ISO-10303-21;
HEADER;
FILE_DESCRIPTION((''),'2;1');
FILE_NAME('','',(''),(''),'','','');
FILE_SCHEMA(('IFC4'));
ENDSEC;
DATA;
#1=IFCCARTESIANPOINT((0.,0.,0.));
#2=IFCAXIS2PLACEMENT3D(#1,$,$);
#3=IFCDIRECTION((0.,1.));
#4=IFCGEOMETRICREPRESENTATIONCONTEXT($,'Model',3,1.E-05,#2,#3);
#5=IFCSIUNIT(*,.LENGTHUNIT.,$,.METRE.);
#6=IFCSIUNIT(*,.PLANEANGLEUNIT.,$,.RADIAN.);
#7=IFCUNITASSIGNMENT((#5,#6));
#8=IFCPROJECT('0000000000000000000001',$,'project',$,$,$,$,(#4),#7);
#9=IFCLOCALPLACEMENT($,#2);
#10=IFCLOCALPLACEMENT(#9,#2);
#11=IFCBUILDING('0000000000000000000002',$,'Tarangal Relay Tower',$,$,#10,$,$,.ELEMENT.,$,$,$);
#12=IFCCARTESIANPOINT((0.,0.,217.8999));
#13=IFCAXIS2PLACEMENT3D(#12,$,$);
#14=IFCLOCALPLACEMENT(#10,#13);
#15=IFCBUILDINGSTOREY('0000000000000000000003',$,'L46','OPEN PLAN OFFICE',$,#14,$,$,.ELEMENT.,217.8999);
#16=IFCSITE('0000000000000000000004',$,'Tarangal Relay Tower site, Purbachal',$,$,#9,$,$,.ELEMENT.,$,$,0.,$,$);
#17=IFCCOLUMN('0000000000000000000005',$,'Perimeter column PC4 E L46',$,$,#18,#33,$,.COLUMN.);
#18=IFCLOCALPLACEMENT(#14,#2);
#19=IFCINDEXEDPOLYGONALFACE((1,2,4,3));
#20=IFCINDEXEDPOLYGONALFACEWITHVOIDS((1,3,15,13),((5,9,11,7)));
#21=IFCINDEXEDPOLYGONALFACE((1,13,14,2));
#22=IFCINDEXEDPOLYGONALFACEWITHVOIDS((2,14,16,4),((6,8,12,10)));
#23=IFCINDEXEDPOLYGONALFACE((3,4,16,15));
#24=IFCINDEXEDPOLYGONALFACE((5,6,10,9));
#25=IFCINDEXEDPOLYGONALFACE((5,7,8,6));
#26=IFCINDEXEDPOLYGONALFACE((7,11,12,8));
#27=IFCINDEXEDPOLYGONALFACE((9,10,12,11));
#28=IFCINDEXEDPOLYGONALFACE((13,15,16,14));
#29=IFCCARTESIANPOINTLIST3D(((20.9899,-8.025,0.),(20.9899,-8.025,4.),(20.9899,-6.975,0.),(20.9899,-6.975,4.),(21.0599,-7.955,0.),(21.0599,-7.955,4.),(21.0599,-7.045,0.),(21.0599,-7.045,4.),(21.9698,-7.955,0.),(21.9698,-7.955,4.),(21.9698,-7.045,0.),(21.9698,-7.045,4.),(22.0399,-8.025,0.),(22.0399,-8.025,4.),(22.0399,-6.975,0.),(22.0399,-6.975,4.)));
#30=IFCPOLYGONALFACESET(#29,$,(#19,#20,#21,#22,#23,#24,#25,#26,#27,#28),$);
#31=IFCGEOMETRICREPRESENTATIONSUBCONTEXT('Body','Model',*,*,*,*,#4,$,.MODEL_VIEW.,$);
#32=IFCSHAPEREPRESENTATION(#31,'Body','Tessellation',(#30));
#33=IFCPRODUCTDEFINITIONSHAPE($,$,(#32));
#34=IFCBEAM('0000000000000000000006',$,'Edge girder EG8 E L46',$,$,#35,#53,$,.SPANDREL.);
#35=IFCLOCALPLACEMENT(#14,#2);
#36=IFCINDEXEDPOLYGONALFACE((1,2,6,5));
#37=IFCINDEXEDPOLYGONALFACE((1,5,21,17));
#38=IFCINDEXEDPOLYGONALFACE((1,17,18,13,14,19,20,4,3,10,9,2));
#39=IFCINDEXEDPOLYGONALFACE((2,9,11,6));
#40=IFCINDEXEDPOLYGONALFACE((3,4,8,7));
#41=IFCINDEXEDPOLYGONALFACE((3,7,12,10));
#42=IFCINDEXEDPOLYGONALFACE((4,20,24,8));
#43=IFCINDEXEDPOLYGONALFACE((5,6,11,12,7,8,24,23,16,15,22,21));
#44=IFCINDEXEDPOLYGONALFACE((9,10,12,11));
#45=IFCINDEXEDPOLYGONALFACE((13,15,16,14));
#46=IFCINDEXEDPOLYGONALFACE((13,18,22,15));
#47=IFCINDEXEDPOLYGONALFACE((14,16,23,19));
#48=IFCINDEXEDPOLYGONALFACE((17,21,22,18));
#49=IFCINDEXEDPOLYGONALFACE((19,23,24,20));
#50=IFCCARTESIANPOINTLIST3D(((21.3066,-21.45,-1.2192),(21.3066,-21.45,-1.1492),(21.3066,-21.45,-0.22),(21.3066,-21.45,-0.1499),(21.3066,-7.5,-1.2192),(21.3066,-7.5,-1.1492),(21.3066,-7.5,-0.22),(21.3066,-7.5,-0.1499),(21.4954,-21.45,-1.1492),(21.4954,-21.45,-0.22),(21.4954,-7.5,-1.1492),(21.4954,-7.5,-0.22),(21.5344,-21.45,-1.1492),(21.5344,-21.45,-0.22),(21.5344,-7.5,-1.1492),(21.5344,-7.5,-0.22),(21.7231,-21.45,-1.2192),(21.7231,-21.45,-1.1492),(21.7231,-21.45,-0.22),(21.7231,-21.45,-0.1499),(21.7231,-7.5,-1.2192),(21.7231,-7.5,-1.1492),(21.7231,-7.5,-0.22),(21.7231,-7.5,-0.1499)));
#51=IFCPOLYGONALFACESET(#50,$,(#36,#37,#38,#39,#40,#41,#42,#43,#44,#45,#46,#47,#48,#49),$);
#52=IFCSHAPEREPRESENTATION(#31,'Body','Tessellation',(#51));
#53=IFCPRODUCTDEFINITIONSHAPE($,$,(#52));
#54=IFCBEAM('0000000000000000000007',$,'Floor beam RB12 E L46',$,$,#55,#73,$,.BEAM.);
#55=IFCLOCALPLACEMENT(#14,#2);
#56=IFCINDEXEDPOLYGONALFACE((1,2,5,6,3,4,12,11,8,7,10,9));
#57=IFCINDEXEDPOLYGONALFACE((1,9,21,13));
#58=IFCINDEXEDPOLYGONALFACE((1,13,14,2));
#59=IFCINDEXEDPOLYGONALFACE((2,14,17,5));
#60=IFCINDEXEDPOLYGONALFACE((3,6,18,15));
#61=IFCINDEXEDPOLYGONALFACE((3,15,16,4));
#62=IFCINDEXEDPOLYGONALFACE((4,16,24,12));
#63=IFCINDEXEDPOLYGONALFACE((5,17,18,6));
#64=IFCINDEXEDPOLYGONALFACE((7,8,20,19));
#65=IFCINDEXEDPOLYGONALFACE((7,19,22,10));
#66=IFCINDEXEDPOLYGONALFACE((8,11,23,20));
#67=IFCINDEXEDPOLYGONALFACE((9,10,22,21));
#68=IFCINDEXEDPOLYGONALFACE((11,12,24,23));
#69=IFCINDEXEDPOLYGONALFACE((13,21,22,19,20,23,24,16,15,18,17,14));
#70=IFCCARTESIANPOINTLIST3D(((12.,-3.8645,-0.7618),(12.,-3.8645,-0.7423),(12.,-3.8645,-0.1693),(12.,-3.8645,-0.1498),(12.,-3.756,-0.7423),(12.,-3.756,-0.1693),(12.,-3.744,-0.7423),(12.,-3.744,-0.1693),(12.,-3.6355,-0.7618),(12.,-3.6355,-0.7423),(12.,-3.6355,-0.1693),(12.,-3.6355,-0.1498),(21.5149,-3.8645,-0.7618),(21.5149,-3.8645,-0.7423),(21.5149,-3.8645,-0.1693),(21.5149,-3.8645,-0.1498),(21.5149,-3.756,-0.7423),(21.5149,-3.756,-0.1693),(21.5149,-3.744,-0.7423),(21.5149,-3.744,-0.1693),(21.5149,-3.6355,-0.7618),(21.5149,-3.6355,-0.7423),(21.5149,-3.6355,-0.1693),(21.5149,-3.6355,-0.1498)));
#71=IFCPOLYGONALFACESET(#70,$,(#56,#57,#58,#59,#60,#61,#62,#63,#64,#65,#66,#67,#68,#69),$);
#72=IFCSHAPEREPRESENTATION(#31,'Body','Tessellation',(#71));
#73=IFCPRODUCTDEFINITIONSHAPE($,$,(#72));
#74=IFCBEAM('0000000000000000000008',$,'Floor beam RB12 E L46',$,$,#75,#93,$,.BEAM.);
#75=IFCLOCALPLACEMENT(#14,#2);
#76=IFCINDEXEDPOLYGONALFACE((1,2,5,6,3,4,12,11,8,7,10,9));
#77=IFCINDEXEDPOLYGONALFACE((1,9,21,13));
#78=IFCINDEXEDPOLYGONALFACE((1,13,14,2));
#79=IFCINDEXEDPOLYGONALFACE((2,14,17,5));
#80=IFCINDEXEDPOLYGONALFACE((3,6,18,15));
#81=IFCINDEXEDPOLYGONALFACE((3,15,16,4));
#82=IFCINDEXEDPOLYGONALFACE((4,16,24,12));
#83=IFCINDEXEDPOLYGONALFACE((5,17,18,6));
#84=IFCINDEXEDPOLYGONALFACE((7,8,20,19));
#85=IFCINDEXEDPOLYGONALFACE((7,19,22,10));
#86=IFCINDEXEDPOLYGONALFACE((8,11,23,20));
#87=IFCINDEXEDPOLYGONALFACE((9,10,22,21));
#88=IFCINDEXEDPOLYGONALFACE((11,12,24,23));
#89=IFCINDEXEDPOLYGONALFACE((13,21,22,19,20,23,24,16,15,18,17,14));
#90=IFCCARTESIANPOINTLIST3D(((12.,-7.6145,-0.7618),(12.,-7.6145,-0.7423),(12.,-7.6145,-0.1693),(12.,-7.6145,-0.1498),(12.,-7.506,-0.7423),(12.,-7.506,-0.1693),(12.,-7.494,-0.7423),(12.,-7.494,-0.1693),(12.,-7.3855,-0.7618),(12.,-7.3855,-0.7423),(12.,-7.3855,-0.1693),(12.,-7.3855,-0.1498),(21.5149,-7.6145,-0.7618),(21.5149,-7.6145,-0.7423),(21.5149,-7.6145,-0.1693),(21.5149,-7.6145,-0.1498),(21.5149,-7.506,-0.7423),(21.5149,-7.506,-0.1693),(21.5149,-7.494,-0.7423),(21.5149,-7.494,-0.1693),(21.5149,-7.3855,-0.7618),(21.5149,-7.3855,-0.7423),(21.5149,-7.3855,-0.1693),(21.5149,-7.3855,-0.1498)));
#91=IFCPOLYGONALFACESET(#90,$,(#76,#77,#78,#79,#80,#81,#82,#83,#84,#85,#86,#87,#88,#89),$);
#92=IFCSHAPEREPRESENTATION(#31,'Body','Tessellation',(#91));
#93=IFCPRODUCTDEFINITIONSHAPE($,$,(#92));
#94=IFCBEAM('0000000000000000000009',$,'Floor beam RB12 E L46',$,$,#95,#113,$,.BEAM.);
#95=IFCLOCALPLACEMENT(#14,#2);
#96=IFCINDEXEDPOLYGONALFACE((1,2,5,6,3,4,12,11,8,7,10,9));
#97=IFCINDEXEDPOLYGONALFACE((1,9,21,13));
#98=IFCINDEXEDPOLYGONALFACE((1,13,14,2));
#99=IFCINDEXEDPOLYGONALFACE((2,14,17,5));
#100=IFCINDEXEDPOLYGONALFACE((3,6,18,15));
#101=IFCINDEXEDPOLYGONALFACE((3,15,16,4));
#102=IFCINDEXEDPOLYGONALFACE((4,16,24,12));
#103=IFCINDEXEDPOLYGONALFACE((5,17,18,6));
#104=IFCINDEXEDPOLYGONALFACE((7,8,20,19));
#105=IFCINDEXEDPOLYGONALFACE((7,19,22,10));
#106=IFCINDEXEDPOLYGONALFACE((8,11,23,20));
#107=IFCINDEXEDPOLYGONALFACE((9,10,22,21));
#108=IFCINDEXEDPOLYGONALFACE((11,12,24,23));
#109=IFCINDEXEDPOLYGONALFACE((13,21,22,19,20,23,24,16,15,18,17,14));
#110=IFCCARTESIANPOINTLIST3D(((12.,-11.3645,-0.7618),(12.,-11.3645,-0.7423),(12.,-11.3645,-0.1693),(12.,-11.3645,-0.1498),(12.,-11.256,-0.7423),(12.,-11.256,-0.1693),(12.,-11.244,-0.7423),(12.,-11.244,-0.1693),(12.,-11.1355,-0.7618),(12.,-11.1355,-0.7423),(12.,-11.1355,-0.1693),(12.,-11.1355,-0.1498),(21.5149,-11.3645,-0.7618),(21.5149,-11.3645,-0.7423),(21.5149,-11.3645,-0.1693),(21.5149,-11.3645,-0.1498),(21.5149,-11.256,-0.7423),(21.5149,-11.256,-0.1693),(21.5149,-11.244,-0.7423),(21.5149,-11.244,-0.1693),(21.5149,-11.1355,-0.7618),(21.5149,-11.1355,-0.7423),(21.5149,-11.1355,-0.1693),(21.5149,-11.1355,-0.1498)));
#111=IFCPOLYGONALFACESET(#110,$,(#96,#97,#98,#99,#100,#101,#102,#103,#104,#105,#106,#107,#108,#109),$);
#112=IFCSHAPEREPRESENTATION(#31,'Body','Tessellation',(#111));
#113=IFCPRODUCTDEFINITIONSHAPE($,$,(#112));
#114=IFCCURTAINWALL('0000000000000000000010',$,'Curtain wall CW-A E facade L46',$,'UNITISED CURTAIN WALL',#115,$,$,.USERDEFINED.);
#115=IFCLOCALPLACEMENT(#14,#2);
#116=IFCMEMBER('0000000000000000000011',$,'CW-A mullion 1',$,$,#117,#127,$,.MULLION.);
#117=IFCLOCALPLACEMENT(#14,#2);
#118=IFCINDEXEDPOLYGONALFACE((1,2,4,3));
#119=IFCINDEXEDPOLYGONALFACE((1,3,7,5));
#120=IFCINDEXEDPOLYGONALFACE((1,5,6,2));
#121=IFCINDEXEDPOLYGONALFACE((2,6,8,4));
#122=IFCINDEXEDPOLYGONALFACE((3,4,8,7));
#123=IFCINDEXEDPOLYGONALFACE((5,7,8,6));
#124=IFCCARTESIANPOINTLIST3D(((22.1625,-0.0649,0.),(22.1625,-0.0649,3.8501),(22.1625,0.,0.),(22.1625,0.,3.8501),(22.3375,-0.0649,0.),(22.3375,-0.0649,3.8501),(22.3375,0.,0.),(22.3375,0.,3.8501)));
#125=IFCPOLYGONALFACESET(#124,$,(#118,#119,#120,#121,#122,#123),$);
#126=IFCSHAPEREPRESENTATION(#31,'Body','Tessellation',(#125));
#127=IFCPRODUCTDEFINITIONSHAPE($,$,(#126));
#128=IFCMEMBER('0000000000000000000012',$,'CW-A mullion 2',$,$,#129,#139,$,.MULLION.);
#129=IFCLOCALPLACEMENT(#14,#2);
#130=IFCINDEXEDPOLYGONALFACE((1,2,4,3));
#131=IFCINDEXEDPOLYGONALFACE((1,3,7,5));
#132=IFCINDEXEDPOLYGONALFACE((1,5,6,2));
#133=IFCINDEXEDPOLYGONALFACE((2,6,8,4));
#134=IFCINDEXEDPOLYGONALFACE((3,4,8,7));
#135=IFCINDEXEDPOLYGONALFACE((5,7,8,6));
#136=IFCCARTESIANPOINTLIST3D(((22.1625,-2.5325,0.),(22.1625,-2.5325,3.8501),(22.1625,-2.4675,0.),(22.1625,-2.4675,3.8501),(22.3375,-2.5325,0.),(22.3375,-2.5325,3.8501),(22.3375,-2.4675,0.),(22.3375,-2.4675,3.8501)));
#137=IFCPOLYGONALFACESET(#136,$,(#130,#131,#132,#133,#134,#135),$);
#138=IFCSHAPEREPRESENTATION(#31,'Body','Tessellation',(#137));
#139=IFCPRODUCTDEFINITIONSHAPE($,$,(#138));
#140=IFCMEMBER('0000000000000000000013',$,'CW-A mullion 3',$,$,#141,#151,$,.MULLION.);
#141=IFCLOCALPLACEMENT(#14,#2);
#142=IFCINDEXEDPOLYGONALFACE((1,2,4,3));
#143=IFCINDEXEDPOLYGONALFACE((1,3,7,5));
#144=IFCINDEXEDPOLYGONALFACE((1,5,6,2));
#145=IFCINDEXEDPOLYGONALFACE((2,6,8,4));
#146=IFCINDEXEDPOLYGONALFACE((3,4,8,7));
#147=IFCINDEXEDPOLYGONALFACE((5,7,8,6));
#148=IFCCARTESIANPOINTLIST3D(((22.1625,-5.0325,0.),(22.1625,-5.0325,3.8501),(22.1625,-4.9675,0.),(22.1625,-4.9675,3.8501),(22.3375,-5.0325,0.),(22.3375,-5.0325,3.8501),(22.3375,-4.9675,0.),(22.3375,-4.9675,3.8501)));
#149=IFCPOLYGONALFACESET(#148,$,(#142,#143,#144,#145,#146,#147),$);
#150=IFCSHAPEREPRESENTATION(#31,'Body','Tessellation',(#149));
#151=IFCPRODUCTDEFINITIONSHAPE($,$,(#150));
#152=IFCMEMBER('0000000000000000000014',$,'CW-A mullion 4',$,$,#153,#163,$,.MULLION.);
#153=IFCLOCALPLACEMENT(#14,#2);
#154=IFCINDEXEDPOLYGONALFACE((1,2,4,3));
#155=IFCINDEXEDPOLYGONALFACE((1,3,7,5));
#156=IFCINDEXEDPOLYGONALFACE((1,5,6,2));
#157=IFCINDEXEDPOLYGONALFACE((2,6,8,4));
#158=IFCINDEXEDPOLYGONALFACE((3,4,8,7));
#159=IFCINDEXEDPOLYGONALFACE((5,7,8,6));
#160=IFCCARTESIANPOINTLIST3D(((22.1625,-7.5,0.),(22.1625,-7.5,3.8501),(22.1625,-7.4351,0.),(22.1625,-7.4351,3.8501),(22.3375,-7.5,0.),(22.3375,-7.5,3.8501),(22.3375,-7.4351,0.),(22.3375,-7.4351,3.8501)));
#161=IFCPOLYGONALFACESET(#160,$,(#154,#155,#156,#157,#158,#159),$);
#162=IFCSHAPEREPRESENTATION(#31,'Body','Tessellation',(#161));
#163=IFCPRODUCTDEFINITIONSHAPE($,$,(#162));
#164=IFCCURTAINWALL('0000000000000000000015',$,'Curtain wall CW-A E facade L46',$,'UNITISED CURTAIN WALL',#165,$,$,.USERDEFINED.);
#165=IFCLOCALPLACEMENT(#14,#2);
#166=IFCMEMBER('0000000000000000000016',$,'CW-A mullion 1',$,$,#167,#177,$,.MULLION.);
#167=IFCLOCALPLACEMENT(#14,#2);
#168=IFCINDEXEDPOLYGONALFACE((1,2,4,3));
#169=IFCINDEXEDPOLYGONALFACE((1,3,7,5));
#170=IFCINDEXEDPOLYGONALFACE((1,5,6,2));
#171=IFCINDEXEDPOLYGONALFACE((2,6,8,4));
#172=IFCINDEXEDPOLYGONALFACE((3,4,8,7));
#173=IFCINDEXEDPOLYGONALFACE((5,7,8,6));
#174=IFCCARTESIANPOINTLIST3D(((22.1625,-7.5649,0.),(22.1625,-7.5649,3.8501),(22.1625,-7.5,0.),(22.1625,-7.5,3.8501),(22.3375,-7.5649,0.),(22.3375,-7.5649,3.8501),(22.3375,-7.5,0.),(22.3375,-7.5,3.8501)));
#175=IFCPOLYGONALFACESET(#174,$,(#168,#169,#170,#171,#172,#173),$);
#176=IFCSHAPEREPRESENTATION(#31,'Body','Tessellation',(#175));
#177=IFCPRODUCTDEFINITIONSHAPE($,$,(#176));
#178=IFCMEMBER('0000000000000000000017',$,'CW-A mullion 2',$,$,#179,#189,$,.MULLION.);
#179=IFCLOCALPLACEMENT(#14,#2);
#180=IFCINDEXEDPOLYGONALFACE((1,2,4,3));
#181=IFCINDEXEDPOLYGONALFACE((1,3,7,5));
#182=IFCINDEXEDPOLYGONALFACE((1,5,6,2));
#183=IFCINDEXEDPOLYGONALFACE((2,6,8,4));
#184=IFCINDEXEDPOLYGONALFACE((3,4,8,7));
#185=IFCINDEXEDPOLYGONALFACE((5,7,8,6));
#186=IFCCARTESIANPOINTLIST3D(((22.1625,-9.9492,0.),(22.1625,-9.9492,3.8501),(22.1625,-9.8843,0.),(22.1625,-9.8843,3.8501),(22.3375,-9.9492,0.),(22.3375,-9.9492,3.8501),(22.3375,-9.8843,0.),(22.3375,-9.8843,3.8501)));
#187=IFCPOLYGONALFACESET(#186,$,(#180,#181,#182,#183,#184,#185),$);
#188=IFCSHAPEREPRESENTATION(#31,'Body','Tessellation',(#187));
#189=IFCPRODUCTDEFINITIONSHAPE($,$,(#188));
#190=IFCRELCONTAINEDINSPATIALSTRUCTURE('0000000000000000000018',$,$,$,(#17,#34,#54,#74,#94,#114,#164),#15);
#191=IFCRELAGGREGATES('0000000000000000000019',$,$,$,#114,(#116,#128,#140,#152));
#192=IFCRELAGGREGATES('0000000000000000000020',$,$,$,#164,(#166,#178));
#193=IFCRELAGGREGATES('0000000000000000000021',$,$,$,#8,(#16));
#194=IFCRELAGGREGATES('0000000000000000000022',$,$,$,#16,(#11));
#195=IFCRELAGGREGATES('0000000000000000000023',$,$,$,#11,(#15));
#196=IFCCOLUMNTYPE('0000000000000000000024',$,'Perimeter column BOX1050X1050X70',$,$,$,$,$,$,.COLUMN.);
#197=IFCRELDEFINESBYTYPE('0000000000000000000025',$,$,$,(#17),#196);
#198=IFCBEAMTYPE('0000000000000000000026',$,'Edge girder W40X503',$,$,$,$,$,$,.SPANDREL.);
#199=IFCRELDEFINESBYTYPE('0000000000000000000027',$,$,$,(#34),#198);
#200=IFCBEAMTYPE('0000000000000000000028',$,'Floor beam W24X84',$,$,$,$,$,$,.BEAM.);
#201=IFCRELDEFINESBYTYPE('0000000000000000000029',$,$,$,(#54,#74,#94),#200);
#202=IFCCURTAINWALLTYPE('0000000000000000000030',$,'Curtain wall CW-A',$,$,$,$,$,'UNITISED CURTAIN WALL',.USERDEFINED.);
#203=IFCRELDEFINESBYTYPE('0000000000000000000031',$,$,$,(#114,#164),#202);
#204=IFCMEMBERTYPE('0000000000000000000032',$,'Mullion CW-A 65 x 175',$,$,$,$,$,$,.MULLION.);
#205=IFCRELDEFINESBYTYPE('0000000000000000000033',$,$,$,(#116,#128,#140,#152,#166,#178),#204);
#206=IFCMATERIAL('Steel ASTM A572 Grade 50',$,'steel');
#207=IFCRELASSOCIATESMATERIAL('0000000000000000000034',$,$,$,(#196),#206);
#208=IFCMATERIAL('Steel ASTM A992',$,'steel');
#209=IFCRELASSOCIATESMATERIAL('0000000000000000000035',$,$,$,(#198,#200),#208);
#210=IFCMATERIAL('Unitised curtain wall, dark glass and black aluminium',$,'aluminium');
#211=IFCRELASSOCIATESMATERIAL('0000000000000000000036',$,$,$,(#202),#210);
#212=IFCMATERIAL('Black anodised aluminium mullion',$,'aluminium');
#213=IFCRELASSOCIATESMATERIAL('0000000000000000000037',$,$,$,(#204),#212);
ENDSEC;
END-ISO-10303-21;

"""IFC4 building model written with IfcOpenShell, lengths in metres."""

from ifc_helpers import new_model, si_unit, direction, frame, origin, origin_2d, place, context, subcontext, project, spatial, rectangle, hollow_rectangle, i_section, extrude, material, material_profile, profile_set, type_object, element, aggregate, save


model = new_model("IFC4")

# Units and contexts
model_context = context("Model", 3, precision=1e-05, world=origin(), true_north=direction((0.0, 1.0)))
body_context = subcontext(model_context, "Body", "Model", "MODEL_VIEW")
ifc_project = project(units=[si_unit("LENGTHUNIT", "METRE"), si_unit("PLANEANGLEUNIT", "RADIAN")], contexts=[model_context])

# Site, building, storey
site_placement = place(None, origin())
site = spatial("IfcSite", under=ifc_project, at=site_placement, Name="Tarangal Relay Tower site, Purbachal", CompositionType="ELEMENT", RefElevation=0.0)
building_placement = place(site_placement, origin())
building = spatial("IfcBuilding", under=site, at=building_placement, Name="Tarangal Relay Tower", CompositionType="ELEMENT")
storey_placement = place(building_placement, frame((0.0, 0.0, 217.8999)))
storey = spatial("IfcBuildingStorey", under=building, at=storey_placement, Name="L46", Description="OPEN PLAN OFFICE", CompositionType="ELEMENT", Elevation=217.8999)

# Column
ifc_material_1 = material(Name="Steel ASTM A572 Grade 50", Category="steel")
ifc_material_profile_1 = material_profile(ifc_material_1, hollow_rectangle(XDim=1.05, YDim=1.05, WallThickness=0.0701, at=origin_2d()), Name="BOX1050X1050X70")
ifc_profile_set_1 = profile_set([ifc_material_profile_1], Name="Steel ASTM A572 Grade 50")
column_type = type_object("IfcColumnType", Name="Perimeter column BOX1050X1050X70", PredefinedType="COLUMN", material=ifc_profile_set_1)
column_placement = place(storey_placement, frame((21.5149, -7.5, 0.0), z_axis=(0.0, 0.0, 1.0), x_axis=(1.0, 0.0, 0.0)))
element("IfcColumn", 1, at=column_placement, inside=storey, type_object=column_type, Name="Perimeter column PC4 E L46", PredefinedType="COLUMN", context=body_context, shape_type="SweptSolid", body=[
    extrude(hollow_rectangle(XDim=1.05, YDim=1.05, WallThickness=0.0701, at=origin_2d()), origin(), (0.0, 0.0, 1.0), 4.0),
])

# Beams
ifc_material_2 = material(Name="Steel ASTM A992", Category="steel")
ifc_material_profile_2 = material_profile(ifc_material_2, i_section(OverallWidth=0.4165, OverallDepth=1.0693, WebThickness=0.0391, FlangeThickness=0.0701, at=origin_2d()), Name="W40X503")
ifc_profile_set_2 = profile_set([ifc_material_profile_2], Name="Steel ASTM A992")
beam_type_1 = type_object("IfcBeamType", Name="Edge girder W40X503", PredefinedType="SPANDREL", material=ifc_profile_set_2)
beam_placement = place(storey_placement, frame((21.5149, -7.5, -0.6846), z_axis=(0.0, -1.0, 0.0), x_axis=(1.0, 0.0, 0.0)))
element("IfcBeam", 2, at=beam_placement, inside=storey, type_object=beam_type_1, Name="Edge girder EG8 E L46", PredefinedType="SPANDREL", context=body_context, shape_type="SweptSolid", body=[
    extrude(i_section(OverallWidth=0.4165, OverallDepth=1.0693, WebThickness=0.0391, FlangeThickness=0.0701, at=origin_2d()), origin(), (0.0, 0.0, 1.0), 13.95),
])
ifc_material_profile_3 = material_profile(ifc_material_2, i_section(OverallWidth=0.229, OverallDepth=0.6121, WebThickness=0.012, FlangeThickness=0.0195, at=origin_2d()), Name="W24X84")
ifc_profile_set_3 = profile_set([ifc_material_profile_3], Name="Steel ASTM A992")
beam_type_2 = type_object("IfcBeamType", Name="Floor beam W24X84", PredefinedType="BEAM", material=ifc_profile_set_3)
for number, where, z_axis, x_axis, name in (
    (3, (12.0, -3.75, -0.4558), (1.0, 0.0, 0.0), (0.0, 1.0, 0.0), "Floor beam RB12 E L46"),
    (4, (12.0, -7.5, -0.4558), (1.0, 0.0, 0.0), (0.0, 1.0, 0.0), "Floor beam RB12 E L46"),
    (5, (12.0, -11.25, -0.4558), (1.0, 0.0, 0.0), (0.0, 1.0, 0.0), "Floor beam RB12 E L46"),
):
    element("IfcBeam", number, at=place(storey_placement, frame(where, z_axis=z_axis, x_axis=x_axis)), inside=storey, type_object=beam_type_2, Name=name, PredefinedType="BEAM", context=body_context, shape_type="SweptSolid", body=[
        extrude(i_section(OverallWidth=0.229, OverallDepth=0.6121, WebThickness=0.012, FlangeThickness=0.0195, at=origin_2d()), origin(), (0.0, 0.0, 1.0), 9.5149),
    ])

# Curtain walls, members
ifc_material_3 = material(Name="Unitised curtain wall, dark glass and black aluminium", Category="aluminium")
curtain_wall_type = type_object("IfcCurtainWallType", Name="Curtain wall CW-A", ElementType="UNITISED CURTAIN WALL", PredefinedType="USERDEFINED", material=ifc_material_3)
curtain_wall_1_placement = place(storey_placement, origin())
curtain_wall_1 = element("IfcCurtainWall", 6, at=curtain_wall_1_placement, inside=storey, type_object=curtain_wall_type, Name="Curtain wall CW-A E facade L46", ObjectType="UNITISED CURTAIN WALL", PredefinedType="USERDEFINED")
ifc_material_4 = material(Name="Black anodised aluminium mullion", Category="aluminium")
ifc_material_profile_4 = material_profile(ifc_material_4, rectangle(XDim=0.175, YDim=0.0649, at=origin_2d()), Name="CW-AM 65X175")
ifc_profile_set_4 = profile_set([ifc_material_profile_4], Name="Black anodised aluminium mullion")
member_type_1 = type_object("IfcMemberType", Name="Mullion CW-A 65 x 175", PredefinedType="MULLION", material=ifc_profile_set_4)
member_1_placement = place(storey_placement, frame((22.25, -0.0325, 0.0), z_axis=(0.0, 0.0, 1.0), x_axis=(1.0, 0.0, 0.0)))
member_1 = element("IfcMember", 7, at=member_1_placement, type_object=member_type_1, Name="CW-A mullion 1", PredefinedType="MULLION", context=body_context, shape_type="SweptSolid", body=[
    extrude(rectangle(XDim=0.175, YDim=0.0649, at=origin_2d()), origin(), (0.0, 0.0, 1.0), 3.8501),
])
member_2_placement = place(storey_placement, frame((22.25, -2.5, 0.0), z_axis=(0.0, 0.0, 1.0), x_axis=(1.0, 0.0, 0.0)))
member_2 = element("IfcMember", 8, at=member_2_placement, type_object=member_type_1, Name="CW-A mullion 2", PredefinedType="MULLION", context=body_context, shape_type="SweptSolid", body=[
    extrude(rectangle(XDim=0.175, YDim=0.0649, at=origin_2d()), origin(), (0.0, 0.0, 1.0), 3.8501),
])
member_3_placement = place(storey_placement, frame((22.25, -5.0, 0.0), z_axis=(0.0, 0.0, 1.0), x_axis=(1.0, 0.0, 0.0)))
member_3 = element("IfcMember", 9, at=member_3_placement, type_object=member_type_1, Name="CW-A mullion 3", PredefinedType="MULLION", context=body_context, shape_type="SweptSolid", body=[
    extrude(rectangle(XDim=0.175, YDim=0.0649, at=origin_2d()), origin(), (0.0, 0.0, 1.0), 3.8501),
])
member_4_placement = place(storey_placement, frame((22.25, -7.4675, 0.0), z_axis=(0.0, 0.0, 1.0), x_axis=(1.0, 0.0, 0.0)))
member_4 = element("IfcMember", 10, at=member_4_placement, type_object=member_type_1, Name="CW-A mullion 4", PredefinedType="MULLION", context=body_context, shape_type="SweptSolid", body=[
    extrude(rectangle(XDim=0.175, YDim=0.0649, at=origin_2d()), origin(), (0.0, 0.0, 1.0), 3.8501),
])
curtain_wall_2_placement = place(storey_placement, origin())
curtain_wall_2 = element("IfcCurtainWall", 11, at=curtain_wall_2_placement, inside=storey, type_object=curtain_wall_type, Name="Curtain wall CW-A E facade L46", ObjectType="UNITISED CURTAIN WALL", PredefinedType="USERDEFINED")
member_5_placement = place(storey_placement, frame((22.25, -7.5325, 0.0), z_axis=(0.0, 0.0, 1.0), x_axis=(1.0, 0.0, 0.0)))
member_5 = element("IfcMember", 12, at=member_5_placement, type_object=member_type_1, Name="CW-A mullion 1", PredefinedType="MULLION", context=body_context, shape_type="SweptSolid", body=[
    extrude(rectangle(XDim=0.175, YDim=0.0649, at=origin_2d()), origin(), (0.0, 0.0, 1.0), 3.8501),
])
member_6_placement = place(storey_placement, frame((22.25, -9.9167, 0.0), z_axis=(0.0, 0.0, 1.0), x_axis=(1.0, 0.0, 0.0)))
member_6 = element("IfcMember", 13, at=member_6_placement, type_object=member_type_1, Name="CW-A mullion 2", PredefinedType="MULLION", context=body_context, shape_type="SweptSolid", body=[
    extrude(rectangle(XDim=0.175, YDim=0.0649, at=origin_2d()), origin(), (0.0, 0.0, 1.0), 3.8501),
])

aggregate(curtain_wall_1, [member_1, member_2, member_3, member_4])
aggregate(curtain_wall_2, [member_5, member_6])

save(model, "model.ifc")
